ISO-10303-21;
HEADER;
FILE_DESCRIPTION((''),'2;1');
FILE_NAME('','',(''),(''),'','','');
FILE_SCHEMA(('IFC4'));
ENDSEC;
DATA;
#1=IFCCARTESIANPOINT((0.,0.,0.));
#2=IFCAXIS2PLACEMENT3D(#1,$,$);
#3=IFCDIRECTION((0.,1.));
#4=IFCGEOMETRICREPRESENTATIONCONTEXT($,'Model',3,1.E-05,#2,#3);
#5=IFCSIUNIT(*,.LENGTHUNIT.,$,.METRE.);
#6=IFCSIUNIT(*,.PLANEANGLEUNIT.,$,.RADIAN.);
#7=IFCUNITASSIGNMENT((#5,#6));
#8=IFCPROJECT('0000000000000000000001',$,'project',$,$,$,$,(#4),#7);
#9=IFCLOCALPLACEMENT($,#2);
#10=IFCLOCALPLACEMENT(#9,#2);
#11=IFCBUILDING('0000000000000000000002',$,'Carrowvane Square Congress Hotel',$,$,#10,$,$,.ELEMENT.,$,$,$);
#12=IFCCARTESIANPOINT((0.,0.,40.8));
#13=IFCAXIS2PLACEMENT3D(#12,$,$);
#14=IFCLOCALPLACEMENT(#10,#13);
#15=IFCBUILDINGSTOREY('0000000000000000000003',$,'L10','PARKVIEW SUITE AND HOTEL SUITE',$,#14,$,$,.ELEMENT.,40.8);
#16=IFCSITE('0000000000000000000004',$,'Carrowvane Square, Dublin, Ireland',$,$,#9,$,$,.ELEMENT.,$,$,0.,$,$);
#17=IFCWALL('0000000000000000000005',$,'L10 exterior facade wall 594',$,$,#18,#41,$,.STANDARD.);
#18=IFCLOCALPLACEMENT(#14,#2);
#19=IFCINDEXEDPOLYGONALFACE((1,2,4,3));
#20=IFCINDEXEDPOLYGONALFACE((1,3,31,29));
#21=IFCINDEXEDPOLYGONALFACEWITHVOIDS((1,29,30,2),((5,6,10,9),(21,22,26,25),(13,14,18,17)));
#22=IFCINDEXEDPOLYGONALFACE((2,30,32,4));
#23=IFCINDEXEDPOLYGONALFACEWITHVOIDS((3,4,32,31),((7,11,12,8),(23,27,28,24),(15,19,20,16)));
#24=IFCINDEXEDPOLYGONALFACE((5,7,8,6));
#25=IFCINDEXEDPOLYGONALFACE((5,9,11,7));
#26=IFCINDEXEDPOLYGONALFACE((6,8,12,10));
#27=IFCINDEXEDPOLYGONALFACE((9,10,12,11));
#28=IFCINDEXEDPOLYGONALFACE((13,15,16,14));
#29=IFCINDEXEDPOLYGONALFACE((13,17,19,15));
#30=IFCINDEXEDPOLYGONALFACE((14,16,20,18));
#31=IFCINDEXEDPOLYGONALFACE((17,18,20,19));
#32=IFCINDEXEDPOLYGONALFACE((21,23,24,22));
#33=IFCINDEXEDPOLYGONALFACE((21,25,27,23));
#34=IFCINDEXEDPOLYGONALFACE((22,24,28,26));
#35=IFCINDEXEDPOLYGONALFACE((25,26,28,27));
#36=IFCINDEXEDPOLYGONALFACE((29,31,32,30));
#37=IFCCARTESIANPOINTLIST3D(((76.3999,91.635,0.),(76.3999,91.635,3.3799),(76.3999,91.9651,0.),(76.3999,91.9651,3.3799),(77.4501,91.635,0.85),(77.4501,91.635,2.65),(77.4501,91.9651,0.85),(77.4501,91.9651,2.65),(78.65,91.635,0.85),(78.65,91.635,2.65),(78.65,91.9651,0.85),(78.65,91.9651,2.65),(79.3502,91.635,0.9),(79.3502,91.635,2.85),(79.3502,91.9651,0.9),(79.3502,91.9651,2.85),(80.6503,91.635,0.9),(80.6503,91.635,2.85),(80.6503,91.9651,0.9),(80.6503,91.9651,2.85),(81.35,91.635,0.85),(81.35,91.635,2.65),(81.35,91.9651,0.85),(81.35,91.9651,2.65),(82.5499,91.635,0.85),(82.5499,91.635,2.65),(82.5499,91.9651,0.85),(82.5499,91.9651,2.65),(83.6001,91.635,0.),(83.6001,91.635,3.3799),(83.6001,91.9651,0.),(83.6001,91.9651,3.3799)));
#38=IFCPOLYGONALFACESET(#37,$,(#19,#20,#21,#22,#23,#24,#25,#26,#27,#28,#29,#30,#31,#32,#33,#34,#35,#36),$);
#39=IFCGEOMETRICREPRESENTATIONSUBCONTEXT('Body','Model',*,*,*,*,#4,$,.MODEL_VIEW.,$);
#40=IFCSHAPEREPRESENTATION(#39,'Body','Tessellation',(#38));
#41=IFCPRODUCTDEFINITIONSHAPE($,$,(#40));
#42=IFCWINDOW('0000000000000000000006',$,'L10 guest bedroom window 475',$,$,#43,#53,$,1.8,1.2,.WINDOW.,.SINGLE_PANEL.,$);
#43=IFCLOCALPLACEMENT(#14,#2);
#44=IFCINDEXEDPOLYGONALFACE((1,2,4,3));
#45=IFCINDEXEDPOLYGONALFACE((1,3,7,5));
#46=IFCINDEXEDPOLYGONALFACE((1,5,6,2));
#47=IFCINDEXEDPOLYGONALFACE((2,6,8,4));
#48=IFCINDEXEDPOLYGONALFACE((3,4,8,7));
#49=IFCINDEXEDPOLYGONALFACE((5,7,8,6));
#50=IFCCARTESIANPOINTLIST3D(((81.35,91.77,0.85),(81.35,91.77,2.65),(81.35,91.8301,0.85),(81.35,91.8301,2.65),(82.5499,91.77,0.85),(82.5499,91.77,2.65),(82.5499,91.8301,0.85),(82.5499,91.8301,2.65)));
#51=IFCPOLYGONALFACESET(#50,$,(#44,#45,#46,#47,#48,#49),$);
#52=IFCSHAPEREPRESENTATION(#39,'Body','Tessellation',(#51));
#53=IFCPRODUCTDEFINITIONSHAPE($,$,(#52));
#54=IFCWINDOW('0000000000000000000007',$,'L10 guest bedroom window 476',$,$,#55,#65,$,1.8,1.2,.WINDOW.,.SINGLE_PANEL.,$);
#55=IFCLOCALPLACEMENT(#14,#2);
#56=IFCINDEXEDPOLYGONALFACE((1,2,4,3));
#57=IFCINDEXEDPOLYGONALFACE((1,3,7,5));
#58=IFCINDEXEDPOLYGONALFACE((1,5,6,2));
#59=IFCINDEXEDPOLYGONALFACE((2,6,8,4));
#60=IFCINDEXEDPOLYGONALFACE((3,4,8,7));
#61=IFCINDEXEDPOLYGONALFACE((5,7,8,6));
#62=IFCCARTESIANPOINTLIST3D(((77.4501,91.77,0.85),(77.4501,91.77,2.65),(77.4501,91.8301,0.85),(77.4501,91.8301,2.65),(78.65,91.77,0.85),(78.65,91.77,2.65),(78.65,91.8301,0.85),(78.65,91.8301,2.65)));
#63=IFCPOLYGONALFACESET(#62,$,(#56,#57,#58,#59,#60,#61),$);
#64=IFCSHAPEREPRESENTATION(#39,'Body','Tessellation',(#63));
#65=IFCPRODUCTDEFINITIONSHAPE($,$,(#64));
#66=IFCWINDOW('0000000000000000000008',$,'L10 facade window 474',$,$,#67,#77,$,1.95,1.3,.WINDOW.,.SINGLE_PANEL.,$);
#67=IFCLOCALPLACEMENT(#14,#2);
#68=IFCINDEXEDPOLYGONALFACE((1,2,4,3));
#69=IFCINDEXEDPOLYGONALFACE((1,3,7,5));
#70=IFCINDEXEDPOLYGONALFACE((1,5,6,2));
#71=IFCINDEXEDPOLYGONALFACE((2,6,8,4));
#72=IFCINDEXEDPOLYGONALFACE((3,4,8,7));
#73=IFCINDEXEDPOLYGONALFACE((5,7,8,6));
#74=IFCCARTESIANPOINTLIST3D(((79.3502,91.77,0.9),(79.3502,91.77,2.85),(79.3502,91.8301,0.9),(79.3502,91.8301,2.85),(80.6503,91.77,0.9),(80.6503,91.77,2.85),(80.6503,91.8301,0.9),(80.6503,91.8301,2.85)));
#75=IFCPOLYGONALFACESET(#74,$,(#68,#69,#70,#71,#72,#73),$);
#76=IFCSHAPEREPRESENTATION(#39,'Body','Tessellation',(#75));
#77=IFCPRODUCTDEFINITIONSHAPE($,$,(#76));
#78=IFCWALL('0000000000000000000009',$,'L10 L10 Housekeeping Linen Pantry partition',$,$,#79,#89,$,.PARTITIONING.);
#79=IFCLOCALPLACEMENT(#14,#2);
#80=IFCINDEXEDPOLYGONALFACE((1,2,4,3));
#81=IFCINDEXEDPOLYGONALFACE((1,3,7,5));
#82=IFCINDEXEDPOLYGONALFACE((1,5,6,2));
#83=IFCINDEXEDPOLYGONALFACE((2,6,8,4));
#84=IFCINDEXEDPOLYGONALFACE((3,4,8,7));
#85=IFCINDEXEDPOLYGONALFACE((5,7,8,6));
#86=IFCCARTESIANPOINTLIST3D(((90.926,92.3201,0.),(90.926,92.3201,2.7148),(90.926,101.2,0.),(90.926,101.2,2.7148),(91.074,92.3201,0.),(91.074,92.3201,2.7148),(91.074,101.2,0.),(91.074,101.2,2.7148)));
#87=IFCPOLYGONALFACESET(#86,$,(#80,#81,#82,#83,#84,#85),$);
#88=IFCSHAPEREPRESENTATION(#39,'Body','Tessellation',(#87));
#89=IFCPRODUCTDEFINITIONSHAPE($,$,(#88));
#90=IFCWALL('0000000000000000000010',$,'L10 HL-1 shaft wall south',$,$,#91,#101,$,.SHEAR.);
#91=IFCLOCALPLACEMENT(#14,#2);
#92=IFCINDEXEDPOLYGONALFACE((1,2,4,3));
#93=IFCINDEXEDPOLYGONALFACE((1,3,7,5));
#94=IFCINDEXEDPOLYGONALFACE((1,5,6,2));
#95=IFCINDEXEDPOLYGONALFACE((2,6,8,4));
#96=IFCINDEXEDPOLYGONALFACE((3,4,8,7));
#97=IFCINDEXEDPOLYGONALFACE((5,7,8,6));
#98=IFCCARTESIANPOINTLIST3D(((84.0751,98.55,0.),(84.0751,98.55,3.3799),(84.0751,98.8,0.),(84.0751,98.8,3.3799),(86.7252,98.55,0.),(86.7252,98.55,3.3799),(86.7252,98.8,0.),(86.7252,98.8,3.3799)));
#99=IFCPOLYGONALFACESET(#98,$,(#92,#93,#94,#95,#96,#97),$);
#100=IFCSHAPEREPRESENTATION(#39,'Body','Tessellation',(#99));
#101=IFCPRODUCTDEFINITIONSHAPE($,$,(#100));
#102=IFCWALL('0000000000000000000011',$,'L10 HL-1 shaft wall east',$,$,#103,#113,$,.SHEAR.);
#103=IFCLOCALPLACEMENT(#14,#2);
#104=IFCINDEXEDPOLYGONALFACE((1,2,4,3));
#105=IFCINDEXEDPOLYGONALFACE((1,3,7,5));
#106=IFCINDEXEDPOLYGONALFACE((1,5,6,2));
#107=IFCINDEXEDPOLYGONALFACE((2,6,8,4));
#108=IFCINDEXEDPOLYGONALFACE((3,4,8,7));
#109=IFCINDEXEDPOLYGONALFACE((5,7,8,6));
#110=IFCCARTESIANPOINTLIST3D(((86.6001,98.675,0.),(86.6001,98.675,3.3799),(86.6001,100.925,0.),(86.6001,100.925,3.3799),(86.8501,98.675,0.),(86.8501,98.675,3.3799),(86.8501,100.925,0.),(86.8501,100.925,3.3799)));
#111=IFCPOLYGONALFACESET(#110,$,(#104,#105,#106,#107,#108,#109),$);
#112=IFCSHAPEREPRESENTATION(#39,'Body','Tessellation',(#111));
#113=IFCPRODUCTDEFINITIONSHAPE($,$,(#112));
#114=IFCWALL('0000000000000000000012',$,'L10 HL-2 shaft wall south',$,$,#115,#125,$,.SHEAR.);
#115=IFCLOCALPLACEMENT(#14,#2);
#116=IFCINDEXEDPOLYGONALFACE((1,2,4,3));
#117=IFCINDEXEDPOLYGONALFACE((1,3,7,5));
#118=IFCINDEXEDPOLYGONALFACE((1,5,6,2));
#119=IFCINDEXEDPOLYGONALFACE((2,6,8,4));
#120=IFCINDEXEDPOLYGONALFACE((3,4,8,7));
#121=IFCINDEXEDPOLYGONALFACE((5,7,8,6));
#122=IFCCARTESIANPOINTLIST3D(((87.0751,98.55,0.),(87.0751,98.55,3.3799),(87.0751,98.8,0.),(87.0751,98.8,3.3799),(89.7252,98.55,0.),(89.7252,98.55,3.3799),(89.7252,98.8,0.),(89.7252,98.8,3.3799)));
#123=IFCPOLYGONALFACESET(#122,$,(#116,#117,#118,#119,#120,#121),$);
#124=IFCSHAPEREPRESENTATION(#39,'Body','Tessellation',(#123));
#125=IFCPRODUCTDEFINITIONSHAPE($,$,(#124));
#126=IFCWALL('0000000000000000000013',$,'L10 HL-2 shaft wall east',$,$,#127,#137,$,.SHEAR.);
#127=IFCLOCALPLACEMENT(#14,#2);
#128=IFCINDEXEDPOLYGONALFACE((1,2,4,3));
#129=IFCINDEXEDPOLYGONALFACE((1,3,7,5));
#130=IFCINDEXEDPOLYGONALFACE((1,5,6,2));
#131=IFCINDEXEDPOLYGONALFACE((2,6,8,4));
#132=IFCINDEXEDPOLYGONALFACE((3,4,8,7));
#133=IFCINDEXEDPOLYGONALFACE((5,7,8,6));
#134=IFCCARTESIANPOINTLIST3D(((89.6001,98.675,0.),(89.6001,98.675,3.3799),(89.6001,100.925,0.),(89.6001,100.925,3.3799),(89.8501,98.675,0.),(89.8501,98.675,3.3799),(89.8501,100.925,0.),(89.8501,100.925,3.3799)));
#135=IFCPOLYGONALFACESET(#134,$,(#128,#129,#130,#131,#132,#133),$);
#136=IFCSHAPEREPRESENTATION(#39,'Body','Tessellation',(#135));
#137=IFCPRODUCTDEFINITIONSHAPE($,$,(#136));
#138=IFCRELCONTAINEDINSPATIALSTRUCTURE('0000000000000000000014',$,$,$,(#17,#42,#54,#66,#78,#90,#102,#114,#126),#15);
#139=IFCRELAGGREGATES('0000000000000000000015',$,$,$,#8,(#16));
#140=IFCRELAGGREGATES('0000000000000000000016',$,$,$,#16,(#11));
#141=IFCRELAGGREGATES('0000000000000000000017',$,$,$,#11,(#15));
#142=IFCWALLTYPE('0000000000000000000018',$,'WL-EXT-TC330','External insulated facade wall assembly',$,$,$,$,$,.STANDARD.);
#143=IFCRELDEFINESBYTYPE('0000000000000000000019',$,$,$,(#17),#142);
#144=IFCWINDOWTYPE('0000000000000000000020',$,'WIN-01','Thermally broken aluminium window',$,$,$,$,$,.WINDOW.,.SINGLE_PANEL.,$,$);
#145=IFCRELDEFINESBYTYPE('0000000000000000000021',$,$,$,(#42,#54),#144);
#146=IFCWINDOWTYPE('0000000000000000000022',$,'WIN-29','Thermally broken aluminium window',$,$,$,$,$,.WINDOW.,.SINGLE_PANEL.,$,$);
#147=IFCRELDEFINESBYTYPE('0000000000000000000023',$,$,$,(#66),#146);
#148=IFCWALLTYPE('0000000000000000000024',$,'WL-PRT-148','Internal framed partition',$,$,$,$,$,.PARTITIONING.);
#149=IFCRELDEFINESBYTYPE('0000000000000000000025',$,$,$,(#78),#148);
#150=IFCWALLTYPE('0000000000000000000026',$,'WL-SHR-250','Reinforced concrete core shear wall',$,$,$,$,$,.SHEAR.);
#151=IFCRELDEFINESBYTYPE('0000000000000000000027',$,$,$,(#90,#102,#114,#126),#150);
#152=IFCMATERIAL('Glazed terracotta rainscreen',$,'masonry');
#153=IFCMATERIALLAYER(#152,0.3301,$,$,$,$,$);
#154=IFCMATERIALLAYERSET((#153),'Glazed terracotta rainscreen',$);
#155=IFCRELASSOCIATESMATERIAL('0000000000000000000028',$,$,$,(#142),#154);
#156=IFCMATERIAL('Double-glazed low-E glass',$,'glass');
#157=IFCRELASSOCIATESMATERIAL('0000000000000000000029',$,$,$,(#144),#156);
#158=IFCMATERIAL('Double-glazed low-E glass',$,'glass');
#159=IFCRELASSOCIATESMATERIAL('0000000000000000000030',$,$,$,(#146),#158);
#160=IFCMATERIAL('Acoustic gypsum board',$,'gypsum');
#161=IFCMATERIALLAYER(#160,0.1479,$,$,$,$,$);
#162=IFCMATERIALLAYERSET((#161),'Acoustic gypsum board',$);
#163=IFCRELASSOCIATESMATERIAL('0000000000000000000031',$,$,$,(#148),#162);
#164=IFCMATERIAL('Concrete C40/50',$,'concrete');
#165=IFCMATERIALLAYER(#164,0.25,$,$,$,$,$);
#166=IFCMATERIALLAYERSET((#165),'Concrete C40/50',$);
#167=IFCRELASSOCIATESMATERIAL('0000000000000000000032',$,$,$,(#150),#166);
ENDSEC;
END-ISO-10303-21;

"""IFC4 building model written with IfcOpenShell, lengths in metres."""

from ifc_helpers import new_model, si_unit, direction, frame, frame_2d, origin, place, context, subcontext, project, spatial, rectangle, extrude, material, layer, layer_set, type_object, element, fill, save


model = new_model("IFC4")

# Units and contexts
model_context = context("Model", 3, precision=1e-05, world=origin(), true_north=direction((0.0, 1.0)))
body_context = subcontext(model_context, "Body", "Model", "MODEL_VIEW")
ifc_project = project(units=[si_unit("LENGTHUNIT", "METRE"), si_unit("PLANEANGLEUNIT", "RADIAN")], contexts=[model_context])

# Site, building, storey
site_placement = place(None, origin())
site = spatial("IfcSite", under=ifc_project, at=site_placement, Name="Carrowvane Square, Dublin, Ireland", CompositionType="ELEMENT", RefElevation=0.0)
building_placement = place(site_placement, origin())
building = spatial("IfcBuilding", under=site, at=building_placement, Name="Carrowvane Square Congress Hotel", CompositionType="ELEMENT")
storey_placement = place(building_placement, frame((0.0, 0.0, 40.8)))
storey = spatial("IfcBuildingStorey", under=building, at=storey_placement, Name="L10", Description="PARKVIEW SUITE AND HOTEL SUITE", CompositionType="ELEMENT", Elevation=40.8)

# Wall, openings, windows
ifc_material_1 = material(Name="Glazed terracotta rainscreen", Category="masonry")
ifc_layer_1 = layer(ifc_material_1, 0.3301)
ifc_layer_set_1 = layer_set([ifc_layer_1], Name="Glazed terracotta rainscreen")
wall_type_1 = type_object("IfcWallType", Name="WL-EXT-TC330", Description="External insulated facade wall assembly", PredefinedType="STANDARD", material=ifc_layer_set_1)
ifc_material_2 = material(Name="Double-glazed low-E glass", Category="glass")
window_type_1 = type_object("IfcWindowType", Name="WIN-01", Description="Thermally broken aluminium window", PartitioningType="SINGLE_PANEL", PredefinedType="WINDOW", material=ifc_material_2)
wall_1_placement = place(storey_placement, frame((83.6001, 91.8, 0.0), z_axis=(0.0, 0.0, 1.0), x_axis=(-1.0, 0.0, 0.0)))
wall_1 = element("IfcWall", 1, at=wall_1_placement, inside=storey, type_object=wall_type_1, Name="L10 exterior facade wall 594", PredefinedType="STANDARD", context=body_context, shape_type="SweptSolid", body=[
    extrude(rectangle(XDim=7.2002, YDim=0.3301, at=frame_2d((3.6001, 0.0))), origin(), (0.0, 0.0, 1.0), 3.3799),
])
opening_1_placement = place(wall_1_placement, frame((2.95, 0.0, 0.8999)))
opening_1 = element("IfcOpeningElement", 2, at=opening_1_placement, cuts=wall_1, PredefinedType="OPENING", context=body_context, shape_type="SweptSolid", body=[
    extrude(rectangle(XDim=1.3, YDim=1.95, at=frame_2d((0.6499, 0.9751))), frame((0.0, 0.175, 0.0), z_axis=(0.0, -1.0, 0.0), x_axis=(1.0, 0.0, 0.0)), (0.0, 0.0, 1.0), 0.3501),
])
opening_2_placement = place(wall_1_placement, frame((1.05, 0.0, 0.8501)))
opening_2 = element("IfcOpeningElement", 3, at=opening_2_placement, cuts=wall_1, PredefinedType="OPENING", context=body_context, shape_type="SweptSolid", body=[
    extrude(rectangle(XDim=1.2, YDim=1.8, at=frame_2d((0.6001, 0.8999))), frame((0.0, 0.175, 0.0), z_axis=(0.0, -1.0, 0.0), x_axis=(1.0, 0.0, 0.0)), (0.0, 0.0, 1.0), 0.3501),
])
opening_3_placement = place(wall_1_placement, frame((4.95, 0.0, 0.8501)))
opening_3 = element("IfcOpeningElement", 4, at=opening_3_placement, cuts=wall_1, PredefinedType="OPENING", context=body_context, shape_type="SweptSolid", body=[
    extrude(rectangle(XDim=1.2, YDim=1.8, at=frame_2d((0.6001, 0.8999))), frame((0.0, 0.175, 0.0), z_axis=(0.0, -1.0, 0.0), x_axis=(1.0, 0.0, 0.0)), (0.0, 0.0, 1.0), 0.3501),
])
window_1_placement = place(opening_2_placement, origin())
window_1 = element("IfcWindow", 5, at=window_1_placement, inside=storey, type_object=window_type_1, Name="L10 guest bedroom window 475", OverallHeight=1.8, OverallWidth=1.2, PartitioningType="SINGLE_PANEL", PredefinedType="WINDOW", context=body_context, shape_type="SweptSolid", body=[
    extrude(rectangle(XDim=1.2, YDim=1.8, at=frame_2d((0.6001, 0.8999))), frame((0.0, 0.03, 0.0), z_axis=(0.0, -1.0, 0.0), x_axis=(1.0, 0.0, 0.0)), (0.0, 0.0, 1.0), 0.0601),
])
fill(opening_2, window_1)
window_2_placement = place(opening_3_placement, origin())
window_2 = element("IfcWindow", 6, at=window_2_placement, inside=storey, type_object=window_type_1, Name="L10 guest bedroom window 476", OverallHeight=1.8, OverallWidth=1.2, PartitioningType="SINGLE_PANEL", PredefinedType="WINDOW", context=body_context, shape_type="SweptSolid", body=[
    extrude(rectangle(XDim=1.2, YDim=1.8, at=frame_2d((0.6001, 0.8999))), frame((0.0, 0.03, 0.0), z_axis=(0.0, -1.0, 0.0), x_axis=(1.0, 0.0, 0.0)), (0.0, 0.0, 1.0), 0.0601),
])
fill(opening_3, window_2)
ifc_material_3 = material(Name="Double-glazed low-E glass", Category="glass")
window_type_2 = type_object("IfcWindowType", Name="WIN-29", Description="Thermally broken aluminium window", PartitioningType="SINGLE_PANEL", PredefinedType="WINDOW", material=ifc_material_3)
window_3_placement = place(opening_1_placement, origin())
window_3 = element("IfcWindow", 7, at=window_3_placement, inside=storey, type_object=window_type_2, Name="L10 facade window 474", OverallHeight=1.95, OverallWidth=1.3, PartitioningType="SINGLE_PANEL", PredefinedType="WINDOW", context=body_context, shape_type="SweptSolid", body=[
    extrude(rectangle(XDim=1.3, YDim=1.95, at=frame_2d((0.6499, 0.9751))), frame((0.0, 0.03, 0.0), z_axis=(0.0, -1.0, 0.0), x_axis=(1.0, 0.0, 0.0)), (0.0, 0.0, 1.0), 0.0601),
])
fill(opening_1, window_3)

# Walls
ifc_material_4 = material(Name="Acoustic gypsum board", Category="gypsum")
ifc_layer_2 = layer(ifc_material_4, 0.1479)
ifc_layer_set_2 = layer_set([ifc_layer_2], Name="Acoustic gypsum board")
wall_type_2 = type_object("IfcWallType", Name="WL-PRT-148", Description="Internal framed partition", PredefinedType="PARTITIONING", material=ifc_layer_set_2)
wall_2_placement = place(storey_placement, frame((91.0, 92.3201, 0.0), z_axis=(0.0, 0.0, 1.0), x_axis=(0.0, 1.0, 0.0)))
element("IfcWall", 8, at=wall_2_placement, inside=storey, type_object=wall_type_2, Name="L10 L10 Housekeeping Linen Pantry partition", PredefinedType="PARTITIONING", context=body_context, shape_type="SweptSolid", body=[
    extrude(rectangle(XDim=8.8799, YDim=0.1479, at=frame_2d((4.4399, 0.0))), origin(), (0.0, 0.0, 1.0), 2.7148),
])
ifc_material_5 = material(Name="Concrete C40/50", Category="concrete")
ifc_layer_3 = layer(ifc_material_5, 0.25)
ifc_layer_set_3 = layer_set([ifc_layer_3], Name="Concrete C40/50")
wall_type_3 = type_object("IfcWallType", Name="WL-SHR-250", Description="Reinforced concrete core shear wall", PredefinedType="SHEAR", material=ifc_layer_set_3)
wall_3_placement = place(storey_placement, frame((84.075, 98.675, 0.0), z_axis=(0.0, 0.0, 1.0), x_axis=(1.0, 0.0, 0.0)))
element("IfcWall", 9, at=wall_3_placement, inside=storey, type_object=wall_type_3, Name="L10 HL-1 shaft wall south", PredefinedType="SHEAR", context=body_context, shape_type="SweptSolid", body=[
    extrude(rectangle(XDim=2.6501, YDim=0.25, at=frame_2d((1.3252, 0.0))), origin(), (0.0, 0.0, 1.0), 3.3799),
])
wall_4_placement = place(storey_placement, frame((86.7251, 98.675, 0.0), z_axis=(0.0, 0.0, 1.0), x_axis=(0.0, 1.0, 0.0)))
element("IfcWall", 10, at=wall_4_placement, inside=storey, type_object=wall_type_3, Name="L10 HL-1 shaft wall east", PredefinedType="SHEAR", context=body_context, shape_type="SweptSolid", body=[
    extrude(rectangle(XDim=2.25, YDim=0.25, at=frame_2d((1.125, 0.0))), origin(), (0.0, 0.0, 1.0), 3.3799),
])
wall_5_placement = place(storey_placement, frame((87.075, 98.675, 0.0), z_axis=(0.0, 0.0, 1.0), x_axis=(1.0, 0.0, 0.0)))
element("IfcWall", 11, at=wall_5_placement, inside=storey, type_object=wall_type_3, Name="L10 HL-2 shaft wall south", PredefinedType="SHEAR", context=body_context, shape_type="SweptSolid", body=[
    extrude(rectangle(XDim=2.6501, YDim=0.25, at=frame_2d((1.3252, 0.0))), origin(), (0.0, 0.0, 1.0), 3.3799),
])
wall_6_placement = place(storey_placement, frame((89.7251, 98.675, 0.0), z_axis=(0.0, 0.0, 1.0), x_axis=(0.0, 1.0, 0.0)))
element("IfcWall", 12, at=wall_6_placement, inside=storey, type_object=wall_type_3, Name="L10 HL-2 shaft wall east", PredefinedType="SHEAR", context=body_context, shape_type="SweptSolid", body=[
    extrude(rectangle(XDim=2.25, YDim=0.25, at=frame_2d((1.125, 0.0))), origin(), (0.0, 0.0, 1.0), 3.3799),
])

save(model, "model.ifc")
